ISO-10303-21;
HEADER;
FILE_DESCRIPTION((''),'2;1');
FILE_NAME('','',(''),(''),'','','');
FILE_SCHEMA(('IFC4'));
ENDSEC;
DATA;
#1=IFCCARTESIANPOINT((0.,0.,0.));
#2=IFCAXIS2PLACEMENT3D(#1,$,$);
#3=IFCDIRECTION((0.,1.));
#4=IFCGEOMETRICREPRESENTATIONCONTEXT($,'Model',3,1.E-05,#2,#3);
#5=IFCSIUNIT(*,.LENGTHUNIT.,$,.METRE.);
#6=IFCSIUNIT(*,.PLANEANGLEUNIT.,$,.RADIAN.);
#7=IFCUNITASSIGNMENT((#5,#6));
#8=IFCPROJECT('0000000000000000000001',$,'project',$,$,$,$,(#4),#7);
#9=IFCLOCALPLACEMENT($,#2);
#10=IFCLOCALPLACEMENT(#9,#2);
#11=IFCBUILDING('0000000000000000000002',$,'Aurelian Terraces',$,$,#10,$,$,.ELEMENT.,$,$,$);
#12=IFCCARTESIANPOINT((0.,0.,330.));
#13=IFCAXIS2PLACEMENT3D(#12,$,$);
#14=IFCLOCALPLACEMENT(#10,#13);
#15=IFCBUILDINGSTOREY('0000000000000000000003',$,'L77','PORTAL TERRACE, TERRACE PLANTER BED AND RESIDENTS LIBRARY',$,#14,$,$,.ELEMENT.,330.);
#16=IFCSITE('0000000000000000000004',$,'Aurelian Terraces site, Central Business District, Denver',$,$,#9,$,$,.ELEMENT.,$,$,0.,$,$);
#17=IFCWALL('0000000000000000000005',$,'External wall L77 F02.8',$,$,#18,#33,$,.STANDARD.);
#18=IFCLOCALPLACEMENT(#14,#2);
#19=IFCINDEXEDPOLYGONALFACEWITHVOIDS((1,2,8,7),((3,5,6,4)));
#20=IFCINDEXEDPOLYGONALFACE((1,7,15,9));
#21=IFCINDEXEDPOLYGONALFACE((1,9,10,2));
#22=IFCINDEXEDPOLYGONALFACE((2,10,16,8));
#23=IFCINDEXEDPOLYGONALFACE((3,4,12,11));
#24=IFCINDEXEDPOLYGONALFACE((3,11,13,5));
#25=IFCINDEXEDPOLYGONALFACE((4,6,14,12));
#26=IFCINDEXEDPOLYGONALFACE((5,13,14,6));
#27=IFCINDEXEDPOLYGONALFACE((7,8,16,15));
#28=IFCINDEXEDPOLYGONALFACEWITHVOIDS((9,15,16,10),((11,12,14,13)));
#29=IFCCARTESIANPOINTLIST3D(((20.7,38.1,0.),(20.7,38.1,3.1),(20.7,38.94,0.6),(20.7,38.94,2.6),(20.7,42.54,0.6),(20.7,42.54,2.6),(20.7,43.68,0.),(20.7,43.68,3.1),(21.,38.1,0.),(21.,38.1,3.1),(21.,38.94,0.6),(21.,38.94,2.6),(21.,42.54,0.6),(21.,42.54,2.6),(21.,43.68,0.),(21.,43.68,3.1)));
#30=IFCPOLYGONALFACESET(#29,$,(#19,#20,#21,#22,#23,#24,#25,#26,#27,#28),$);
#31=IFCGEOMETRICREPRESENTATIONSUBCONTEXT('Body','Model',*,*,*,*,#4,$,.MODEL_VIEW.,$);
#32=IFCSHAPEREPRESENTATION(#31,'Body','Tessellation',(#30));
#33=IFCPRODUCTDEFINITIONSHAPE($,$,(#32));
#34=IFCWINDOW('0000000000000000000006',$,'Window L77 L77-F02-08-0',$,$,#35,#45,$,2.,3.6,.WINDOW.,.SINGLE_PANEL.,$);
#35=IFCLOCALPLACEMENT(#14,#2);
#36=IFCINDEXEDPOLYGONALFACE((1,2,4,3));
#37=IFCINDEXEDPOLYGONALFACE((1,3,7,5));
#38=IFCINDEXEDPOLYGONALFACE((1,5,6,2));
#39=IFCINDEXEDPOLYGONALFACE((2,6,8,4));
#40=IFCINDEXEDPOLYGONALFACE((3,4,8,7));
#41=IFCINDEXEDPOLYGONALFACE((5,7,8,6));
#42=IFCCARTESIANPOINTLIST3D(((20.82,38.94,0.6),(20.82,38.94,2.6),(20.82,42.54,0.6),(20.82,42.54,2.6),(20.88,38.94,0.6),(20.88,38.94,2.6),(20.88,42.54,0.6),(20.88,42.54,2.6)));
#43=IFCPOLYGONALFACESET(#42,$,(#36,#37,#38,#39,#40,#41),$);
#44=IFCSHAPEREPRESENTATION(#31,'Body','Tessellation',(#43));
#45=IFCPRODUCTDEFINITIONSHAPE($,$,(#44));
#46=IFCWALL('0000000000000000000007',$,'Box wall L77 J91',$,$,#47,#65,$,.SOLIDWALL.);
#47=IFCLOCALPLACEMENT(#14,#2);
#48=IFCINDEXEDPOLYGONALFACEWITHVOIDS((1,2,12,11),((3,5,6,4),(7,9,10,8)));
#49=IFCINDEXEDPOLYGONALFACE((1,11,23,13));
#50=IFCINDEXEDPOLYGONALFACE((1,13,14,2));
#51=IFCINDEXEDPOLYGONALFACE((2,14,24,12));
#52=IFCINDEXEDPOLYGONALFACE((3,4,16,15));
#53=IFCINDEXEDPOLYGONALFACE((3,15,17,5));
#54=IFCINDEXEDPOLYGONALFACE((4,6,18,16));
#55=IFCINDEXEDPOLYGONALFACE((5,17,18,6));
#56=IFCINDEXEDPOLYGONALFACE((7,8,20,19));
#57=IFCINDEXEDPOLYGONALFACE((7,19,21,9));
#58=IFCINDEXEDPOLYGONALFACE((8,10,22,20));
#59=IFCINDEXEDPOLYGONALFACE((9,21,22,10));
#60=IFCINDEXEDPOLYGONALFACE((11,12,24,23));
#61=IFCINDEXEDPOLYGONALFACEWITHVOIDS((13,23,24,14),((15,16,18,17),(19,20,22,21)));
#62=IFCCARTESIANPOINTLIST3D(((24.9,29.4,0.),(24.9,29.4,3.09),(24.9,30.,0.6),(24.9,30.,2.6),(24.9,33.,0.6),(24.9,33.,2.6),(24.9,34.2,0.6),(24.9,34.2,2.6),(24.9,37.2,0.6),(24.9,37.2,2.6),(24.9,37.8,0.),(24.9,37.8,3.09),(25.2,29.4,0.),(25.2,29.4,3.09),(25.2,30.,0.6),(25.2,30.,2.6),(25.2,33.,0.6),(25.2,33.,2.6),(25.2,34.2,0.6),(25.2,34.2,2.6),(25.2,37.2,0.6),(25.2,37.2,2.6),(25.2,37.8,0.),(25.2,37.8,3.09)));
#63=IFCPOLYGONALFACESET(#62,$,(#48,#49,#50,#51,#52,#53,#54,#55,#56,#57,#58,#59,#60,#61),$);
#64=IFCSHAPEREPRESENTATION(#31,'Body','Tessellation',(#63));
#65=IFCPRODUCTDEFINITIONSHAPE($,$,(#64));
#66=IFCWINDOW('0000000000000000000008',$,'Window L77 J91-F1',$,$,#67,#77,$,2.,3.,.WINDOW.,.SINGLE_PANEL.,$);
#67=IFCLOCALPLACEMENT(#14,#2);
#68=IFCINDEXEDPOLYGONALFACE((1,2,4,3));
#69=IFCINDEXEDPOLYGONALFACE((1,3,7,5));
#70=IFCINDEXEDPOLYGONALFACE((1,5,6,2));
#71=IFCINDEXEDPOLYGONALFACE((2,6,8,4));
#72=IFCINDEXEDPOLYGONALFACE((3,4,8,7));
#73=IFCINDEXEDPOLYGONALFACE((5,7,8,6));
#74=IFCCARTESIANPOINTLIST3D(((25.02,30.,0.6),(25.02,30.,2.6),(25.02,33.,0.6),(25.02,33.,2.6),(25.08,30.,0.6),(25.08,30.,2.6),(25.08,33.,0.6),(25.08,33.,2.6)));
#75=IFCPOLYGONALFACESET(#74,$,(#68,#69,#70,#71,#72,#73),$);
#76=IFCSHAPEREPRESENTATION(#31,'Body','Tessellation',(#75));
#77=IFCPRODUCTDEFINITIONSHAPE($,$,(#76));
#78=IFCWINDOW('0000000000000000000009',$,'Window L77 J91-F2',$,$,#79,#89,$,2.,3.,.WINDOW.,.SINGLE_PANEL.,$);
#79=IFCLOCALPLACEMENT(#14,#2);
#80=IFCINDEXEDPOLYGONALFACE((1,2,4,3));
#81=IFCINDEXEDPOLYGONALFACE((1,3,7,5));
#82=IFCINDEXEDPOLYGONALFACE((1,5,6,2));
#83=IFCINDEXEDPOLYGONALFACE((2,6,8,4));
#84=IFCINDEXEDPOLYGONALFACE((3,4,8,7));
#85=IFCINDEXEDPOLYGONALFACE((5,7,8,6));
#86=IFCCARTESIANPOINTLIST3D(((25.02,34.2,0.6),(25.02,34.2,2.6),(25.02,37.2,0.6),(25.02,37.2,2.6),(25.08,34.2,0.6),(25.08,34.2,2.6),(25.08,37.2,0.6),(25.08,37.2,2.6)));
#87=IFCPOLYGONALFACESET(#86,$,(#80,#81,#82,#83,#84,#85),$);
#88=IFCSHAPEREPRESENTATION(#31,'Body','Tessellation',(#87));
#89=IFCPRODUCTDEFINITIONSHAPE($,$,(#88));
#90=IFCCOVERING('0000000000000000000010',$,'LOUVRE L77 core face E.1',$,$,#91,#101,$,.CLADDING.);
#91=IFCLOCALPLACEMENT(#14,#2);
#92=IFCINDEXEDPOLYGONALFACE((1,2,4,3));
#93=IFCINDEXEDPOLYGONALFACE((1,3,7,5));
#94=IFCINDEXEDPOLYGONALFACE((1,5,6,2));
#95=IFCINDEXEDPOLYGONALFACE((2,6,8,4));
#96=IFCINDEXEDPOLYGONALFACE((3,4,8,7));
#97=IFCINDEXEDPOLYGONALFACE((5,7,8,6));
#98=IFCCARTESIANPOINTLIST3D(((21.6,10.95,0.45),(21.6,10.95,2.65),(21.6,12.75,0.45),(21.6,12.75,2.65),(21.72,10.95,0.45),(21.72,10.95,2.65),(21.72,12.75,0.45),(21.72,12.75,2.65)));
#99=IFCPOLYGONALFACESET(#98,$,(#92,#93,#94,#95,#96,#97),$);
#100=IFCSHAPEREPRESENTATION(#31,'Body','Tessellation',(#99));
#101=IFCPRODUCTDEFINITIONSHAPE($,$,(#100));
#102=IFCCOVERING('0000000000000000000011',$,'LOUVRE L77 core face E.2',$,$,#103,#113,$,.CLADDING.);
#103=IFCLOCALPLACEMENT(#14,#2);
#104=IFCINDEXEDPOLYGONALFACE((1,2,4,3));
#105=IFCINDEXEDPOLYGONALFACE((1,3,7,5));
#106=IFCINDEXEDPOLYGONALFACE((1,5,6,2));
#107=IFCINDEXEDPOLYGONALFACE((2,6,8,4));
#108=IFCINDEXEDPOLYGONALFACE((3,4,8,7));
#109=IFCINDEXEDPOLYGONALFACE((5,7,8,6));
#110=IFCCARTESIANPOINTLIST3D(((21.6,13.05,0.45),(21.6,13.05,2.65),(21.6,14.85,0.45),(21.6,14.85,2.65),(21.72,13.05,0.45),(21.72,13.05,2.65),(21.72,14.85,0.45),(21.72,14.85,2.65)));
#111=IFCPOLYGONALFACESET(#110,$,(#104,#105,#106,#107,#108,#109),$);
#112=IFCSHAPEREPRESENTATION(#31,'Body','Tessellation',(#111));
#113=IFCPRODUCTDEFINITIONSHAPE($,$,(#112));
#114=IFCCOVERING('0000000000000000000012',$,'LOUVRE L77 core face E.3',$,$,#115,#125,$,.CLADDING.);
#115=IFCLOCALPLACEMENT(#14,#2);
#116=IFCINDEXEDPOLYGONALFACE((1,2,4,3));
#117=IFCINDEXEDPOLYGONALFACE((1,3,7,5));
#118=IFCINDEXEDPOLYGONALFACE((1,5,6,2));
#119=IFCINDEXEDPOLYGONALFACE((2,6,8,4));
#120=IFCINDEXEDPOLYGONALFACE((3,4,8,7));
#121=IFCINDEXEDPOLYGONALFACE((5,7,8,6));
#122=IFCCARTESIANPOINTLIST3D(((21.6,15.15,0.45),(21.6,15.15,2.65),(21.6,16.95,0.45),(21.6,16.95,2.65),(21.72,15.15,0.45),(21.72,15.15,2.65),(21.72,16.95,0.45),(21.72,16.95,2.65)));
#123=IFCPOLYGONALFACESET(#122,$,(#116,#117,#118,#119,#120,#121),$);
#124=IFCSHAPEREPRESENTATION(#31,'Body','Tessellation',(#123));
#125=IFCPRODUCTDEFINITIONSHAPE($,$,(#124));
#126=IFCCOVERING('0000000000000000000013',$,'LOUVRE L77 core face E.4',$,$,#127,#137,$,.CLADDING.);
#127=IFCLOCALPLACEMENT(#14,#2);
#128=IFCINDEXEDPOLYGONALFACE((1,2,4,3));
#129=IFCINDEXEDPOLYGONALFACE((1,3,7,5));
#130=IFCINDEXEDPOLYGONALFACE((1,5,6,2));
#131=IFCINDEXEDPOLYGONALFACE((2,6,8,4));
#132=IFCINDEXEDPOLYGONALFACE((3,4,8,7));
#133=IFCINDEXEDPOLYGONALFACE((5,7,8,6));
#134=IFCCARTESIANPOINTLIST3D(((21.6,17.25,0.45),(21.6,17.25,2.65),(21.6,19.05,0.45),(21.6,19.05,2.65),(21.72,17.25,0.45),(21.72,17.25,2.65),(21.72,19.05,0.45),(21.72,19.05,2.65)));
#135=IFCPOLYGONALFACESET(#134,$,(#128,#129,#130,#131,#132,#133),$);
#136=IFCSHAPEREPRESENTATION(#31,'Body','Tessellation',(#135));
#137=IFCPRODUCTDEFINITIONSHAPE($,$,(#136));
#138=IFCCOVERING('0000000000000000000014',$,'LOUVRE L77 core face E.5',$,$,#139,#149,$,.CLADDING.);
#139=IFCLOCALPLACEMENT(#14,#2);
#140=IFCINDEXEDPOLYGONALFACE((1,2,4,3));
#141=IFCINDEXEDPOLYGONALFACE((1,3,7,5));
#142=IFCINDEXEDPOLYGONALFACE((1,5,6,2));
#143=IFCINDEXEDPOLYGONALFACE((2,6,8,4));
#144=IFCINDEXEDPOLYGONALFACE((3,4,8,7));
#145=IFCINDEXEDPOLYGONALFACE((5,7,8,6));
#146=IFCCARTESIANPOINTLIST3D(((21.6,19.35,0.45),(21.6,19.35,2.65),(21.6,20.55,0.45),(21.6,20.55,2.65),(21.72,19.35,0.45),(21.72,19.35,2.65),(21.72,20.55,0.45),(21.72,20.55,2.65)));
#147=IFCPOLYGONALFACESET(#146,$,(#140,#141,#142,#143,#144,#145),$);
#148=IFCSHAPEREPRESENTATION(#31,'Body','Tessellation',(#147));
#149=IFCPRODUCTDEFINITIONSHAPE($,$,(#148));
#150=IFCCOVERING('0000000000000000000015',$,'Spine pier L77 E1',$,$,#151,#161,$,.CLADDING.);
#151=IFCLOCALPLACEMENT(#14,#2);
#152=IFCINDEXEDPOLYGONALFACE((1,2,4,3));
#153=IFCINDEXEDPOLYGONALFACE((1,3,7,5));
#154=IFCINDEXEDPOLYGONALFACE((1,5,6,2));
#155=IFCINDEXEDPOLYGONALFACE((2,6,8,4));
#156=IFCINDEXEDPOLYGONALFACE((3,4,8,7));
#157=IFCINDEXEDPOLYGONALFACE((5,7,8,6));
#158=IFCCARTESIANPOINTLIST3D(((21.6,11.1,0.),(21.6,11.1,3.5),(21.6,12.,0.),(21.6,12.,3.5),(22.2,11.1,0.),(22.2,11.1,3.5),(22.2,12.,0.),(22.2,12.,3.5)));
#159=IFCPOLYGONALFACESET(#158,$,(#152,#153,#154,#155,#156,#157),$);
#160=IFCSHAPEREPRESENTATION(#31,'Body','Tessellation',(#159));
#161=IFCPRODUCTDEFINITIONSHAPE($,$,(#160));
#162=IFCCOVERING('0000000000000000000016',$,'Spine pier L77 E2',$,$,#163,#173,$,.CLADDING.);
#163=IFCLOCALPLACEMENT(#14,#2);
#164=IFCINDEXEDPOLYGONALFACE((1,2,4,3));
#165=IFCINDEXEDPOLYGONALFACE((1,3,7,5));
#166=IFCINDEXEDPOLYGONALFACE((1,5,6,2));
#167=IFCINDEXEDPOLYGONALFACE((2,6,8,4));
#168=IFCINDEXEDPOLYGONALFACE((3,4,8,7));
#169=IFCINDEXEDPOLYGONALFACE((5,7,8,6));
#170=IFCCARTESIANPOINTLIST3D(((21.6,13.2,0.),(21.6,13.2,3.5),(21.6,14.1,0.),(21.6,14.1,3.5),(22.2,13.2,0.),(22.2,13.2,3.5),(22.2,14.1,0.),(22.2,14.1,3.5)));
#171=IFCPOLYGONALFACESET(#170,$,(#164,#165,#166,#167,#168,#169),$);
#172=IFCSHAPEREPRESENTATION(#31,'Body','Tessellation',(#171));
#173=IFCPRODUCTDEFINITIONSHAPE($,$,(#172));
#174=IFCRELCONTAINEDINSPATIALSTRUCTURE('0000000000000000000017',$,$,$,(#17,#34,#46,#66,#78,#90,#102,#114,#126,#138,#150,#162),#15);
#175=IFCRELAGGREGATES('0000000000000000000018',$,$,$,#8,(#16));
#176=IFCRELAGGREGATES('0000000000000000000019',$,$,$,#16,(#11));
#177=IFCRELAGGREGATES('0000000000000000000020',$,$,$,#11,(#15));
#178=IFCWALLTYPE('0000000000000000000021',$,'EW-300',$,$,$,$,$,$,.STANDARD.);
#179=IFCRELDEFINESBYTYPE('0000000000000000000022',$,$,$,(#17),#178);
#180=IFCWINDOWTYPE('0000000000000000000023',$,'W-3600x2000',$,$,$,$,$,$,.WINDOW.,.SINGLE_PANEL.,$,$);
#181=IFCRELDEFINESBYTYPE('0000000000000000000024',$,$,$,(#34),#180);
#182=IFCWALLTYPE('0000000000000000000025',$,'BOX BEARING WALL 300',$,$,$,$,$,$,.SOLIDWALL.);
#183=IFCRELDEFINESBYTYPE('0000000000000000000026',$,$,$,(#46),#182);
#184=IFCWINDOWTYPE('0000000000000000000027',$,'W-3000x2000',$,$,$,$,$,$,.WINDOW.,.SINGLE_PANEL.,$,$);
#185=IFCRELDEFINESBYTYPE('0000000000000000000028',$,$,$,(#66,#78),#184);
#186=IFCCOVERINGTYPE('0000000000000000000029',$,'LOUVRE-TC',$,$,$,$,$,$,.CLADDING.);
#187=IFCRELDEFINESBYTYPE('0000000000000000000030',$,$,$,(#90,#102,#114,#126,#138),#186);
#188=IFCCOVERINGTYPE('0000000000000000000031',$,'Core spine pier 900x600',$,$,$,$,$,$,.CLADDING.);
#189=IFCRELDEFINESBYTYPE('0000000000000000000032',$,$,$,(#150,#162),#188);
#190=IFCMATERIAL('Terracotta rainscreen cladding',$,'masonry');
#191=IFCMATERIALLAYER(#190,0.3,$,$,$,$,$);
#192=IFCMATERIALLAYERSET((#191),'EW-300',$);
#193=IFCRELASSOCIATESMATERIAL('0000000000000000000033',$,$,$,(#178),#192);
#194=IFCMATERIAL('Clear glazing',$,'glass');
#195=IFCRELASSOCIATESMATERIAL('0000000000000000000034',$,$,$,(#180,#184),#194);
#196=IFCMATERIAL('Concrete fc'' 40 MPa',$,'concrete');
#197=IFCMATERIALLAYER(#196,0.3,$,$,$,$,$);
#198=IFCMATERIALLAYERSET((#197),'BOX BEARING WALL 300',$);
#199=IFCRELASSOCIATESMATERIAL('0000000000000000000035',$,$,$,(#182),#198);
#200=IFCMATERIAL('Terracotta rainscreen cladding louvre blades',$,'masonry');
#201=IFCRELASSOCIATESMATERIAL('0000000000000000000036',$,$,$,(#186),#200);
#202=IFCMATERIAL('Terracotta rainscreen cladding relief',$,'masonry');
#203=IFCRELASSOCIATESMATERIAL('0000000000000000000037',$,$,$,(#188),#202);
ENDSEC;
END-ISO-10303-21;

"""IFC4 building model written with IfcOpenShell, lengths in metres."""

from ifc_helpers import new_model, si_unit, direction, frame, frame_2d, origin, origin_2d, place, context, subcontext, project, spatial, rectangle, extrude, source, transform, mapped, material, layer, layer_set, type_object, element, fill, save


model = new_model("IFC4")

# Units and contexts
model_context = context("Model", 3, precision=1e-05, world=origin(), true_north=direction((0.0, 1.0)))
body_context = subcontext(model_context, "Body", "Model", "MODEL_VIEW")
ifc_project = project(units=[si_unit("LENGTHUNIT", "METRE"), si_unit("PLANEANGLEUNIT", "RADIAN")], contexts=[model_context])

# Site, building, storey
site_placement = place(None, origin())
site = spatial("IfcSite", under=ifc_project, at=site_placement, Name="Aurelian Terraces site, Central Business District, Denver", CompositionType="ELEMENT", RefElevation=0.0)
building_placement = place(site_placement, origin())
building = spatial("IfcBuilding", under=site, at=building_placement, Name="Aurelian Terraces", CompositionType="ELEMENT")
storey_placement = place(building_placement, frame((0.0, 0.0, 330.0)))
storey = spatial("IfcBuildingStorey", under=building, at=storey_placement, Name="L77", Description="PORTAL TERRACE, TERRACE PLANTER BED AND RESIDENTS LIBRARY", CompositionType="ELEMENT", Elevation=330.0)

# Shared definitions
ifc_material_1 = material(Name="Concrete fc' 40 MPa", Category="concrete")
ifc_material_2 = material(Name="Clear glazing", Category="glass")

# Shared definitions
ifc_material_3 = material(Name="Terracotta rainscreen cladding", Category="masonry")
ifc_layer_1 = layer(ifc_material_3, 0.3)
ifc_layer_set_1 = layer_set([ifc_layer_1], Name="EW-300")
wall_type_1 = type_object("IfcWallType", Name="EW-300", PredefinedType="STANDARD", material=ifc_layer_set_1)

# Wall, opening, window
shared_shape_1 = source(origin(), body_context, "Body", "SweptSolid", [
    extrude(rectangle(XDim=5.58, YDim=0.3, at=frame_2d((2.79, 0.0))), origin(), (0.0, 0.0, 1.0), 3.1),
])
wall_1_placement = place(storey_placement, frame((20.85, 38.1, 0.0), z_axis=(0.0, 0.0, 1.0), x_axis=(0.0, 1.0, 0.0)))
wall_1 = element("IfcWall", 1, at=wall_1_placement, inside=storey, type_object=wall_type_1, Name="External wall L77 F02.8", PredefinedType="STANDARD", context=body_context, shape_type="MappedRepresentation", body=[
    mapped(shared_shape_1, transform((0.0, 0.0, 0.0), scale=1.0)),
])
shared_shape_2 = source(origin(), body_context, "Body", "SweptSolid", [
    extrude(rectangle(XDim=3.6, YDim=2.0, at=frame_2d((1.8, 1.0))), frame((0.0, 0.16, 0.0), z_axis=(0.0, -1.0, 0.0), x_axis=(1.0, 0.0, 0.0)), (0.0, 0.0, 1.0), 0.32),
])
opening_1_placement = place(wall_1_placement, frame((0.84, 0.0, 0.6)))
opening_1 = element("IfcOpeningElement", 2, at=opening_1_placement, cuts=wall_1, PredefinedType="OPENING", context=body_context, shape_type="MappedRepresentation", body=[
    mapped(shared_shape_2, transform((0.0, 0.0, 0.0), scale=1.0)),
])
window_type_1 = type_object("IfcWindowType", Name="W-3600x2000", PartitioningType="SINGLE_PANEL", PredefinedType="WINDOW", material=ifc_material_2)
shared_shape_3 = source(origin(), body_context, "Body", "SweptSolid", [
    extrude(rectangle(XDim=3.6, YDim=2.0, at=frame_2d((1.8, 1.0))), frame((0.0, 0.03, 0.0), z_axis=(0.0, -1.0, 0.0), x_axis=(1.0, 0.0, 0.0)), (0.0, 0.0, 1.0), 0.06),
])
window_1_placement = place(opening_1_placement, origin())
window_1 = element("IfcWindow", 3, at=window_1_placement, inside=storey, type_object=window_type_1, Name="Window L77 L77-F02-08-0", OverallHeight=2.0, OverallWidth=3.6, PartitioningType="SINGLE_PANEL", PredefinedType="WINDOW", context=body_context, shape_type="MappedRepresentation", body=[
    mapped(shared_shape_3, transform((0.0, 0.0, 0.0), scale=1.0)),
])
fill(opening_1, window_1)

# Wall, openings, windows
ifc_layer_2 = layer(ifc_material_1, 0.3)
ifc_layer_set_2 = layer_set([ifc_layer_2], Name="BOX BEARING WALL 300")
wall_type_2 = type_object("IfcWallType", Name="BOX BEARING WALL 300", PredefinedType="SOLIDWALL", material=ifc_layer_set_2)
shared_shape_4 = source(origin(), body_context, "Body", "SweptSolid", [
    extrude(rectangle(XDim=8.4, YDim=0.3, at=frame_2d((4.2, 0.0))), origin(), (0.0, 0.0, 1.0), 3.09),
])
wall_2_placement = place(storey_placement, frame((25.05, 29.4, 0.0), z_axis=(0.0, 0.0, 1.0), x_axis=(0.0, 1.0, 0.0)))
wall_2 = element("IfcWall", 4, at=wall_2_placement, inside=storey, type_object=wall_type_2, Name="Box wall L77 J91", PredefinedType="SOLIDWALL", context=body_context, shape_type="MappedRepresentation", body=[
    mapped(shared_shape_4, transform((0.0, 0.0, 0.0), scale=1.0)),
])
shared_shape_5 = source(origin(), body_context, "Body", "SweptSolid", [
    extrude(rectangle(XDim=3.0, YDim=2.0, at=frame_2d((1.5, 1.0))), frame((0.0, 0.16, 0.0), z_axis=(0.0, -1.0, 0.0), x_axis=(1.0, 0.0, 0.0)), (0.0, 0.0, 1.0), 0.32),
])
opening_2_placement = place(wall_2_placement, frame((0.6, 0.0, 0.6)))
opening_2 = element("IfcOpeningElement", 5, at=opening_2_placement, cuts=wall_2, PredefinedType="OPENING", context=body_context, shape_type="MappedRepresentation", body=[
    mapped(shared_shape_5, transform((0.0, 0.0, 0.0), scale=1.0)),
])
opening_3_placement = place(wall_2_placement, frame((4.8, 0.0, 0.6)))
opening_3 = element("IfcOpeningElement", 6, at=opening_3_placement, cuts=wall_2, PredefinedType="OPENING", context=body_context, shape_type="MappedRepresentation", body=[
    mapped(shared_shape_5, transform((0.0, 0.0, 0.0), scale=1.0)),
])
window_type_2 = type_object("IfcWindowType", Name="W-3000x2000", PartitioningType="SINGLE_PANEL", PredefinedType="WINDOW", material=ifc_material_2)
shared_shape_6 = source(origin(), body_context, "Body", "SweptSolid", [
    extrude(rectangle(XDim=3.0, YDim=2.0, at=frame_2d((1.5, 1.0))), frame((0.0, 0.03, 0.0), z_axis=(0.0, -1.0, 0.0), x_axis=(1.0, 0.0, 0.0)), (0.0, 0.0, 1.0), 0.06),
])
window_2_placement = place(opening_2_placement, origin())
window_2 = element("IfcWindow", 7, at=window_2_placement, inside=storey, type_object=window_type_2, Name="Window L77 J91-F1", OverallHeight=2.0, OverallWidth=3.0, PartitioningType="SINGLE_PANEL", PredefinedType="WINDOW", context=body_context, shape_type="MappedRepresentation", body=[
    mapped(shared_shape_6, transform((0.0, 0.0, 0.0), scale=1.0)),
])
fill(opening_2, window_2)
window_3_placement = place(opening_3_placement, origin())
window_3 = element("IfcWindow", 8, at=window_3_placement, inside=storey, type_object=window_type_2, Name="Window L77 J91-F2", OverallHeight=2.0, OverallWidth=3.0, PartitioningType="SINGLE_PANEL", PredefinedType="WINDOW", context=body_context, shape_type="MappedRepresentation", body=[
    mapped(shared_shape_6, transform((0.0, 0.0, 0.0), scale=1.0)),
])
fill(opening_3, window_3)

# Coverings
ifc_material_4 = material(Name="Terracotta rainscreen cladding louvre blades", Category="masonry")
covering_type_1 = type_object("IfcCoveringType", Name="LOUVRE-TC", PredefinedType="CLADDING", material=ifc_material_4)
shared_shape_7 = source(origin(), body_context, "Body", "SweptSolid", [
    extrude(rectangle(XDim=0.12, YDim=1.8, at=origin_2d()), origin(), (0.0, 0.0, 1.0), 2.2),
])
for number, where, z_axis, x_axis, name in (
    (9, (21.66, 11.85, 0.45), (0.0, 0.0, 1.0), (1.0, 0.0, 0.0), "LOUVRE L77 core face E.1"),
    (10, (21.66, 13.95, 0.45), (0.0, 0.0, 1.0), (1.0, 0.0, 0.0), "LOUVRE L77 core face E.2"),
    (11, (21.66, 16.05, 0.45), (0.0, 0.0, 1.0), (1.0, 0.0, 0.0), "LOUVRE L77 core face E.3"),
    (12, (21.66, 18.15, 0.45), (0.0, 0.0, 1.0), (1.0, 0.0, 0.0), "LOUVRE L77 core face E.4"),
):
    element("IfcCovering", number, at=place(storey_placement, frame(where, z_axis=z_axis, x_axis=x_axis)), inside=storey, type_object=covering_type_1, Name=name, PredefinedType="CLADDING", context=body_context, shape_type="MappedRepresentation", body=[
        mapped(shared_shape_7, transform((0.0, 0.0, 0.0), scale=1.0)),
    ])
shared_shape_8 = source(origin(), body_context, "Body", "SweptSolid", [
    extrude(rectangle(XDim=0.12, YDim=1.2, at=origin_2d()), origin(), (0.0, 0.0, 1.0), 2.2),
])
covering_1_placement = place(storey_placement, frame((21.66, 19.95, 0.45), z_axis=(0.0, 0.0, 1.0), x_axis=(1.0, 0.0, 0.0)))
element("IfcCovering", 13, at=covering_1_placement, inside=storey, type_object=covering_type_1, Name="LOUVRE L77 core face E.5", PredefinedType="CLADDING", context=body_context, shape_type="MappedRepresentation", body=[
    mapped(shared_shape_8, transform((0.0, 0.0, 0.0), scale=1.0)),
])
ifc_material_5 = material(Name="Terracotta rainscreen cladding relief", Category="masonry")
covering_type_2 = type_object("IfcCoveringType", Name="Core spine pier 900x600", PredefinedType="CLADDING", material=ifc_material_5)
shared_shape_9 = source(origin(), body_context, "Body", "SweptSolid", [
    extrude(rectangle(XDim=0.6, YDim=0.9, at=origin_2d()), origin(), (0.0, 0.0, 1.0), 3.5),
])
for number, where, z_axis, x_axis, name in (
    (14, (21.9, 11.55, 0.0), (0.0, 0.0, 1.0), (1.0, 0.0, 0.0), "Spine pier L77 E1"),
    (15, (21.9, 13.65, 0.0), (0.0, 0.0, 1.0), (1.0, 0.0, 0.0), "Spine pier L77 E2"),
):
    element("IfcCovering", number, at=place(storey_placement, frame(where, z_axis=z_axis, x_axis=x_axis)), inside=storey, type_object=covering_type_2, Name=name, PredefinedType="CLADDING", context=body_context, shape_type="MappedRepresentation", body=[
        mapped(shared_shape_9, transform((0.0, 0.0, 0.0), scale=1.0)),
    ])

save(model, "model.ifc")
